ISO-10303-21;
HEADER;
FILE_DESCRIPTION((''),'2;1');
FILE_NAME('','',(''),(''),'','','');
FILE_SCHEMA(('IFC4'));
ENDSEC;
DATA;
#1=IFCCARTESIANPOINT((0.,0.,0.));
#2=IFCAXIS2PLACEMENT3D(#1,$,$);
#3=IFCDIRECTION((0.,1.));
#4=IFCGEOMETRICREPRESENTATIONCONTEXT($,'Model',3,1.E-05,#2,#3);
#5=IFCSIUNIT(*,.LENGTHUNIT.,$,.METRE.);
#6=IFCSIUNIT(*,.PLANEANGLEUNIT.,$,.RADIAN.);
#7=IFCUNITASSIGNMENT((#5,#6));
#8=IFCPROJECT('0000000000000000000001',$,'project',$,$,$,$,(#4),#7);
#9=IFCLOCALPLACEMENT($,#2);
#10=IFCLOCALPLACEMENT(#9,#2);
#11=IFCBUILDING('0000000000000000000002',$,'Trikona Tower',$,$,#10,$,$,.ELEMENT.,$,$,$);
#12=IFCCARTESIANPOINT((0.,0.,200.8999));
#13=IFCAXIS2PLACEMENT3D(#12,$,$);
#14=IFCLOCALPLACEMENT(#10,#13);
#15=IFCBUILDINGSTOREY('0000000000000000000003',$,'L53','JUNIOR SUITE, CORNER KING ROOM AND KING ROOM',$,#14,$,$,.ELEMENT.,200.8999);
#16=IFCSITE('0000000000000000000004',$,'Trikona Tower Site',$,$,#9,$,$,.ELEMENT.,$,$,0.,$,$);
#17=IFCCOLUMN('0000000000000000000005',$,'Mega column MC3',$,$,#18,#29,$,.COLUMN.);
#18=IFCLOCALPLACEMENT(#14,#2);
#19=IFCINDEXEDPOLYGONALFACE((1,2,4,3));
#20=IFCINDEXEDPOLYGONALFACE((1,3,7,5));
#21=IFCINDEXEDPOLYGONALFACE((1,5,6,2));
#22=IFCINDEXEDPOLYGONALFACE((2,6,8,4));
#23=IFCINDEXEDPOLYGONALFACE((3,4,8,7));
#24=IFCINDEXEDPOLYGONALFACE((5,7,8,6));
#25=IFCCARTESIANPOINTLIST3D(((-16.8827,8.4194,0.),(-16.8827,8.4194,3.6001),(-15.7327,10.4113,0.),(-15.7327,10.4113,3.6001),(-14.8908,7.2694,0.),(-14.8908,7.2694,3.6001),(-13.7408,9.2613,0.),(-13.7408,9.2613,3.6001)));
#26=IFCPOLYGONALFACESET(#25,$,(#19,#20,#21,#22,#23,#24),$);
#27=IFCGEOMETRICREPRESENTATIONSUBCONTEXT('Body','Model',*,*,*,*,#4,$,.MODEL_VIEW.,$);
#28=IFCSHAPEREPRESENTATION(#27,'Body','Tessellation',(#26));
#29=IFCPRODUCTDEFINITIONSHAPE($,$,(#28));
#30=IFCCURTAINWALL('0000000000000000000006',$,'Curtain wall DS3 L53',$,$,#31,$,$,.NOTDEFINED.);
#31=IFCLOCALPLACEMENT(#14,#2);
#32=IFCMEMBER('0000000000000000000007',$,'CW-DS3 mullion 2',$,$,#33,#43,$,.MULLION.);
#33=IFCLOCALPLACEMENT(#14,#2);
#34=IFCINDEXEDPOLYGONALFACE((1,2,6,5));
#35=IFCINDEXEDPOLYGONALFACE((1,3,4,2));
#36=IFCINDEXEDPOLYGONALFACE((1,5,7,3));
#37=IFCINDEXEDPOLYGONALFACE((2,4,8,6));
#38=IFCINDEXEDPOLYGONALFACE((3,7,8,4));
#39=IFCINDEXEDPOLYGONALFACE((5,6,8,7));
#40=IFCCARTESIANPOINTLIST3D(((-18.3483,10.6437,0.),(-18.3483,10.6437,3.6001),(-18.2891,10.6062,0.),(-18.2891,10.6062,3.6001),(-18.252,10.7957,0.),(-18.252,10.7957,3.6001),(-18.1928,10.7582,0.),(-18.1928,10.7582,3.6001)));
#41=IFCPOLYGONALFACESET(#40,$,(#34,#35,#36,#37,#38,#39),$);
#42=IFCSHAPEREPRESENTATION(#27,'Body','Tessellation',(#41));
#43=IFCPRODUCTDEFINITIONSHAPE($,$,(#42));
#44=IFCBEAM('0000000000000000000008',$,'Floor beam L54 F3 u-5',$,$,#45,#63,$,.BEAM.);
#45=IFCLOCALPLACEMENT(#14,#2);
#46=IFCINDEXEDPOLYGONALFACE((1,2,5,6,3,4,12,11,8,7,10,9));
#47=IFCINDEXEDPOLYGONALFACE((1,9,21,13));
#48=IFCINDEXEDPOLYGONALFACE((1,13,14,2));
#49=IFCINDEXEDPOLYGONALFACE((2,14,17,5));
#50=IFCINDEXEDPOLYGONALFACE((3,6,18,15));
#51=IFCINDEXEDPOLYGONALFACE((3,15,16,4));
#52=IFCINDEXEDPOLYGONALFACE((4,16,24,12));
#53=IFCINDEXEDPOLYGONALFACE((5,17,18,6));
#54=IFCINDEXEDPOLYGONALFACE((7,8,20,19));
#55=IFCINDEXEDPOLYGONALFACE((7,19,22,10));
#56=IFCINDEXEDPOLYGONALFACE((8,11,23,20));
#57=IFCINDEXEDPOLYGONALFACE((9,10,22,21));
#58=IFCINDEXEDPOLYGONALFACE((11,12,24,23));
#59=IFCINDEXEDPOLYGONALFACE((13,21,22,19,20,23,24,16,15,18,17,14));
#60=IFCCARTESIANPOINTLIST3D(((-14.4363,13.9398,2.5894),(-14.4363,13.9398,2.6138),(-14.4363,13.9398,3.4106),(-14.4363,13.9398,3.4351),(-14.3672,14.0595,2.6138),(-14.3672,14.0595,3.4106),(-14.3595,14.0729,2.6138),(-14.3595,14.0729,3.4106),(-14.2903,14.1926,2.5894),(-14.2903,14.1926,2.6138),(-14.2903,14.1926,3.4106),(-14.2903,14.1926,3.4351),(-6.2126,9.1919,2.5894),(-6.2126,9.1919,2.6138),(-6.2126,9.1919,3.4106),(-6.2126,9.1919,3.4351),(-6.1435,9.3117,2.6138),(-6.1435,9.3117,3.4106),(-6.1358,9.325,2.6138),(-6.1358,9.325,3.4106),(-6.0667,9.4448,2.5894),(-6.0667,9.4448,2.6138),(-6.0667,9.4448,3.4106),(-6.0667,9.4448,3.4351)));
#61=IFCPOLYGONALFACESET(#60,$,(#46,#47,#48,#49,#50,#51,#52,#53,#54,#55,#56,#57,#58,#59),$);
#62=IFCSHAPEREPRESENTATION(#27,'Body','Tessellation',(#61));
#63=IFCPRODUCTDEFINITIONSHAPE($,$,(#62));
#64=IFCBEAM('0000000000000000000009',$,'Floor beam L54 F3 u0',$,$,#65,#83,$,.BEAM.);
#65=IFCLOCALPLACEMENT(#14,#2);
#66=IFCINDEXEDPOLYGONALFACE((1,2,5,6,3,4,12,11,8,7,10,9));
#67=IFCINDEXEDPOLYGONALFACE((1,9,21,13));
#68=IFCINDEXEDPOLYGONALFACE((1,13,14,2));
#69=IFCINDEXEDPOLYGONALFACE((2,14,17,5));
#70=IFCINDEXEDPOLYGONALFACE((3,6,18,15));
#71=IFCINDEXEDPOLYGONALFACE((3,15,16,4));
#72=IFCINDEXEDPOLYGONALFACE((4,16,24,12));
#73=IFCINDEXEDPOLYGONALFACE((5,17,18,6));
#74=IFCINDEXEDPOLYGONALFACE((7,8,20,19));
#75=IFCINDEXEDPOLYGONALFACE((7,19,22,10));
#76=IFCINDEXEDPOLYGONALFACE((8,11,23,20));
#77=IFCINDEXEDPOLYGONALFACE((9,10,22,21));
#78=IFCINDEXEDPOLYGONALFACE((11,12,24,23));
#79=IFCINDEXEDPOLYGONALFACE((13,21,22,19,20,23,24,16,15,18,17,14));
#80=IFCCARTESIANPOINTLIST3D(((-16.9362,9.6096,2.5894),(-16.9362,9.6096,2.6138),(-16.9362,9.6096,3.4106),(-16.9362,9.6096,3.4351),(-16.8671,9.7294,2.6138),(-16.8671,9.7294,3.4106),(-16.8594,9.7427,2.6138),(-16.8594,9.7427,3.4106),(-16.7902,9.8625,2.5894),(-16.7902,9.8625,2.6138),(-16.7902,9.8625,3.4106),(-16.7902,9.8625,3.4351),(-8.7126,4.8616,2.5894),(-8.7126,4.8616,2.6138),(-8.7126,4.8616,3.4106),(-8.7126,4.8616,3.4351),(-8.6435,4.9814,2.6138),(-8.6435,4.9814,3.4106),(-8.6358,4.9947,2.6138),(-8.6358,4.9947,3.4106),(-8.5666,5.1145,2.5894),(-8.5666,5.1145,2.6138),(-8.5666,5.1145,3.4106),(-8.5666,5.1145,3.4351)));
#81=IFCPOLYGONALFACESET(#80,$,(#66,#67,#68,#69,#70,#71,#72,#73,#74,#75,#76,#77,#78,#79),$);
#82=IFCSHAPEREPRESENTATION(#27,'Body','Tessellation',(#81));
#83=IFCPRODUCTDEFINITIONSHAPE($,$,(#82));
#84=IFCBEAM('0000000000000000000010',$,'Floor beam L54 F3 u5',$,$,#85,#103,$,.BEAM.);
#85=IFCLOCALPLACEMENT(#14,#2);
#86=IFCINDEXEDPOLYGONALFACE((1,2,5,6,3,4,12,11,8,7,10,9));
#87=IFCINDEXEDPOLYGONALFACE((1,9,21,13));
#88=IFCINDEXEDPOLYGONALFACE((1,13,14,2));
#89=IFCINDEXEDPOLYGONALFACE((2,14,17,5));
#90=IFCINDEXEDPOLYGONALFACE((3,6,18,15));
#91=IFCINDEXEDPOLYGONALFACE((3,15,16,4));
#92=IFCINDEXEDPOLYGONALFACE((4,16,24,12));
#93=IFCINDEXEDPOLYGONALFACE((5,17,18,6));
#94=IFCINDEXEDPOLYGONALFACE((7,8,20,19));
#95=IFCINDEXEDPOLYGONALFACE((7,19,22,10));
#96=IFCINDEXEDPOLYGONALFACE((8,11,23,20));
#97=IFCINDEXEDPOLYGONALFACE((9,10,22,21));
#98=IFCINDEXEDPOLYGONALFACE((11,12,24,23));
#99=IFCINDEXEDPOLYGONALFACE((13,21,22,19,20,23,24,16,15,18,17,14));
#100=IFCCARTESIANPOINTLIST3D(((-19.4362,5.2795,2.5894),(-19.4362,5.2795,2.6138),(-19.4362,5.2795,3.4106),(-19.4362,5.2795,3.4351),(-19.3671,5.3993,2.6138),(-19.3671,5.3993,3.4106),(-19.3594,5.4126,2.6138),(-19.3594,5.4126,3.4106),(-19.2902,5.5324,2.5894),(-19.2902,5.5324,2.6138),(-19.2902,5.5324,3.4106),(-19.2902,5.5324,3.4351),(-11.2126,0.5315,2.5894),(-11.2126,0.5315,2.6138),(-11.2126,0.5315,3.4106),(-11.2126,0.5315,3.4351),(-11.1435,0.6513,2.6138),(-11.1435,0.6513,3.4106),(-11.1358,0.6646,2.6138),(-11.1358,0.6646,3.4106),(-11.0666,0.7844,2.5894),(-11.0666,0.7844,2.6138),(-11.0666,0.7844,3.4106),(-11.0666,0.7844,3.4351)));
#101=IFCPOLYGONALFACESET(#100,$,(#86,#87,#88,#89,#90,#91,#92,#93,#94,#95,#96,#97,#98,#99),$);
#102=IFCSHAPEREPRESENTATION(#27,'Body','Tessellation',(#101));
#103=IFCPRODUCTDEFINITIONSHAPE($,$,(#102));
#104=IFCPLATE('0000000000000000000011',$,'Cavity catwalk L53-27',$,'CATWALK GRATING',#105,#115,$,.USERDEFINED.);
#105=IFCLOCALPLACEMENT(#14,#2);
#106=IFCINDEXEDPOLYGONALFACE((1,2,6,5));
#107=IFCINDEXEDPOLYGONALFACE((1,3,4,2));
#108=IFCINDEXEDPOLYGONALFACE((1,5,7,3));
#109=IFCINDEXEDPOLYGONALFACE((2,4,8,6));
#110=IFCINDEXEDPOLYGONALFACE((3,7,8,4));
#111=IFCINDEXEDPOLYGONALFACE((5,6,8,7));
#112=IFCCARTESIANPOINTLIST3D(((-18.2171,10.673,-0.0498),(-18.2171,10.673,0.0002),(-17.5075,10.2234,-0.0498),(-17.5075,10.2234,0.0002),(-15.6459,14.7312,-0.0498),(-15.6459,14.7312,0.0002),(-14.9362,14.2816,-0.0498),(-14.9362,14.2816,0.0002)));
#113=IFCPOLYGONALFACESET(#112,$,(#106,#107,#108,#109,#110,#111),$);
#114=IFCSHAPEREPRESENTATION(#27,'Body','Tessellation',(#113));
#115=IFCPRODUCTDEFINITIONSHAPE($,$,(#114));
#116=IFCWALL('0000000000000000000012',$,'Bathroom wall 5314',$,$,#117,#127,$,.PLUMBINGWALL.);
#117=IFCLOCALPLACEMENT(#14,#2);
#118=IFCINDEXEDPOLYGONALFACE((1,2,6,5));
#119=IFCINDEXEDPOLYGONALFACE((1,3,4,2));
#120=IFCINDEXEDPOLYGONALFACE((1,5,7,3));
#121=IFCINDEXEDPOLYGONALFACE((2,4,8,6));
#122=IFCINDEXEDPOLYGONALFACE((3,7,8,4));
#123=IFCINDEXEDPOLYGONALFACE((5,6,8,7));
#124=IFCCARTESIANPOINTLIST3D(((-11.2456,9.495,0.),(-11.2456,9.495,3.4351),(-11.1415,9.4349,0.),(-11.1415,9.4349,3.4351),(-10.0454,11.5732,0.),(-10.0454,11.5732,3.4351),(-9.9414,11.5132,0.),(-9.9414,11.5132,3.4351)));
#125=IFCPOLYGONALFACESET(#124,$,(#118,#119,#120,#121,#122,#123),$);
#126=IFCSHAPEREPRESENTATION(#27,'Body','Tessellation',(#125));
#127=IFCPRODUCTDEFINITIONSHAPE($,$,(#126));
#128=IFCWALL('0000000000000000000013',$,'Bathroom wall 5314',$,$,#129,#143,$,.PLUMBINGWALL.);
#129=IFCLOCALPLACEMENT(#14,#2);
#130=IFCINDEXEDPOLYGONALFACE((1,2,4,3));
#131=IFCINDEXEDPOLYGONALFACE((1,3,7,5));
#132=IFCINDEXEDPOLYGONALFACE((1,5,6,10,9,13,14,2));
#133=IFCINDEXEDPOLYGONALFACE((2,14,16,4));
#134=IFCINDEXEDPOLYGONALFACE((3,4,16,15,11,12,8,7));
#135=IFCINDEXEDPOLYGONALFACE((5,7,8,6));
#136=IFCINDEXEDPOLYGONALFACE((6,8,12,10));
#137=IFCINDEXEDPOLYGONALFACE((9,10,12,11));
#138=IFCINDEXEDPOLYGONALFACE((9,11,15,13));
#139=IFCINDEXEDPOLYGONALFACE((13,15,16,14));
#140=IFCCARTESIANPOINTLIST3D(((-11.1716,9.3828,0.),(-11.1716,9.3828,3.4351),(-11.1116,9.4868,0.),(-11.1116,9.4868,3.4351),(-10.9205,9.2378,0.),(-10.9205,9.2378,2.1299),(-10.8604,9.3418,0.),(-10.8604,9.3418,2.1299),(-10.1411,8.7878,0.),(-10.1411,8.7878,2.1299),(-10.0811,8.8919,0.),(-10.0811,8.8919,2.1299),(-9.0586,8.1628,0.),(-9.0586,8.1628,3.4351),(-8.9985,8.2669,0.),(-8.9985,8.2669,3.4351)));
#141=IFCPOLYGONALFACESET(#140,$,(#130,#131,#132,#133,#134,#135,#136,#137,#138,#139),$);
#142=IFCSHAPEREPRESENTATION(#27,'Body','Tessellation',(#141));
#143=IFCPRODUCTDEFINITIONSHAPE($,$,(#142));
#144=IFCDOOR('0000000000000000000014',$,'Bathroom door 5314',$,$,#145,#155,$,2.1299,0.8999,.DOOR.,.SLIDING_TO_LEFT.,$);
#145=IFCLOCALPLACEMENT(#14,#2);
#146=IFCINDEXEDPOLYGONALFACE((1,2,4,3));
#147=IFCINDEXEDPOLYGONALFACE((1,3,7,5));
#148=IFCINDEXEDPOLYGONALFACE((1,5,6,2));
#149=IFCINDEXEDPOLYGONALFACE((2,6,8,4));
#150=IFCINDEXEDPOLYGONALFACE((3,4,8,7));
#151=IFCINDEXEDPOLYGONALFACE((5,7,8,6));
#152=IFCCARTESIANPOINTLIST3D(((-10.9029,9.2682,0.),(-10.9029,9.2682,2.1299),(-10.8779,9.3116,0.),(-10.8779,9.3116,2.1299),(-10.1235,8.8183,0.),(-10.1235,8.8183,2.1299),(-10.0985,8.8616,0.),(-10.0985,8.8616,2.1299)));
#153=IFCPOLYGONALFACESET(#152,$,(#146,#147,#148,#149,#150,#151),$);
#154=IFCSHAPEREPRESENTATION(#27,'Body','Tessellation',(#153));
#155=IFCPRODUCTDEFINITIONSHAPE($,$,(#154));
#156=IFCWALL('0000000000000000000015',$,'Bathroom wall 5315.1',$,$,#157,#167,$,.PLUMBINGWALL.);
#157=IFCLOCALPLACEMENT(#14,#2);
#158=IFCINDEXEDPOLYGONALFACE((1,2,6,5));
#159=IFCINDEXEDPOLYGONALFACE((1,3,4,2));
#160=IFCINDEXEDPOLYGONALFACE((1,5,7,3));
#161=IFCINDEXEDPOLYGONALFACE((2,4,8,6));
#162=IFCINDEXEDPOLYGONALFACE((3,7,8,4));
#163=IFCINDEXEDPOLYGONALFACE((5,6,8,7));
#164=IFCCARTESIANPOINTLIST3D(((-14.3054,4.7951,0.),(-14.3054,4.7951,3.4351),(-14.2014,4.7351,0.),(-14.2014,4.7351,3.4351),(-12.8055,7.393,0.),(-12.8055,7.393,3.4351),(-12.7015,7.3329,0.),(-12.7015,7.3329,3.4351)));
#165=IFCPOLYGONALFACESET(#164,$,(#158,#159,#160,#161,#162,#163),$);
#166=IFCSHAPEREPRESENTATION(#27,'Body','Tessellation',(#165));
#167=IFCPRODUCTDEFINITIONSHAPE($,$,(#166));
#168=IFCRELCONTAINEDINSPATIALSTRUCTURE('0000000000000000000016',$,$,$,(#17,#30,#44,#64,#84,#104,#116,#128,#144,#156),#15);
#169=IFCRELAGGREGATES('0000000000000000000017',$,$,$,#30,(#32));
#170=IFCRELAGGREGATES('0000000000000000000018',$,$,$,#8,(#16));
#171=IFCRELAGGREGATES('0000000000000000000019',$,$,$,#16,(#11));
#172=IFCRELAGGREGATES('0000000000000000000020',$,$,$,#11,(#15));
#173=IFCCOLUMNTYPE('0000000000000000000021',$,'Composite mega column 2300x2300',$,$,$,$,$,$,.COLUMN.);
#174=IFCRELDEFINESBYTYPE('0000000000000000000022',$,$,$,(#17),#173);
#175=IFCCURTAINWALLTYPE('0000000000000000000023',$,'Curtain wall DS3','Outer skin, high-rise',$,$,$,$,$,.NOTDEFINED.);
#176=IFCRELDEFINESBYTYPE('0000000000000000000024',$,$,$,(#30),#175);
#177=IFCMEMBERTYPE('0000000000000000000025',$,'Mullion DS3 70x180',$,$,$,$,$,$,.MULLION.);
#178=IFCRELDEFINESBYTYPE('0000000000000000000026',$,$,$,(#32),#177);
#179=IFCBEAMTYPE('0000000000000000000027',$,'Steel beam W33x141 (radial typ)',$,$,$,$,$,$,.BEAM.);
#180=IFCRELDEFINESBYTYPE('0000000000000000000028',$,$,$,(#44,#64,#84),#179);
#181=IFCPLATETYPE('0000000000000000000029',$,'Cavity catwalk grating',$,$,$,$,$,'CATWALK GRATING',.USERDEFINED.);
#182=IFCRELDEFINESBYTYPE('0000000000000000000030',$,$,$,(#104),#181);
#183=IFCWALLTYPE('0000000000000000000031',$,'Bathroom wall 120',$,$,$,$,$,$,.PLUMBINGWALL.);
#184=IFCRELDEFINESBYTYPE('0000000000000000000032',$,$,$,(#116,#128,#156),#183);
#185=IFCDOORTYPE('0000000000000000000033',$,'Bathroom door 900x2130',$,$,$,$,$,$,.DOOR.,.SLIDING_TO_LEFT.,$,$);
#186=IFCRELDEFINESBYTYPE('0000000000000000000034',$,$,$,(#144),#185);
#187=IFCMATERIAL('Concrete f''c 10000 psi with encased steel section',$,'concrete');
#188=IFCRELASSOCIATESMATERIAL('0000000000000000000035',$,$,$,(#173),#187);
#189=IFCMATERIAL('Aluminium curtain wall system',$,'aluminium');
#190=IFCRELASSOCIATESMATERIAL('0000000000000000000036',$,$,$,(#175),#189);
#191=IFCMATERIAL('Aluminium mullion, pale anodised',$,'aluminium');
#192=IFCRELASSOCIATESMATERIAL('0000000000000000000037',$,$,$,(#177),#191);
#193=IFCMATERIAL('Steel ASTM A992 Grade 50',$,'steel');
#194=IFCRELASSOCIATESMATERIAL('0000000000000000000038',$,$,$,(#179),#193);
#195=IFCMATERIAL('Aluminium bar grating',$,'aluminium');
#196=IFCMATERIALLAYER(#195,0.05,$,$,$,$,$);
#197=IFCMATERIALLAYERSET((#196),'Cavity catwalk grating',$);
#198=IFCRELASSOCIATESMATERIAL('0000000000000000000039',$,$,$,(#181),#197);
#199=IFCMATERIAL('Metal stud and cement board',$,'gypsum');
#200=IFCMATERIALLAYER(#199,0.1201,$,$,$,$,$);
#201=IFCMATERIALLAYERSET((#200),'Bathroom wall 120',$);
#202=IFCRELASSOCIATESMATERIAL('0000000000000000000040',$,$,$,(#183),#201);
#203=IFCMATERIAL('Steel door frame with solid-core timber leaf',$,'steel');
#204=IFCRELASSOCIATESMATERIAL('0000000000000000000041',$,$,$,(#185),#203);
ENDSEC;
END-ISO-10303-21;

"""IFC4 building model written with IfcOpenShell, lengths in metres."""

from ifc_helpers import new_model, si_unit, direction, frame, frame_2d, origin, origin_2d, place, context, subcontext, project, spatial, rectangle, i_section, extrude, material, layer, layer_set, material_profile, profile_set, type_object, element, fill, aggregate, save


model = new_model("IFC4")

# Units and contexts
model_context = context("Model", 3, precision=1e-05, world=origin(), true_north=direction((0.0, 1.0)))
body_context = subcontext(model_context, "Body", "Model", "MODEL_VIEW")
ifc_project = project(units=[si_unit("LENGTHUNIT", "METRE"), si_unit("PLANEANGLEUNIT", "RADIAN")], contexts=[model_context])

# Site, building, storey
site_placement = place(None, origin())
site = spatial("IfcSite", under=ifc_project, at=site_placement, Name="Trikona Tower Site", CompositionType="ELEMENT", RefElevation=0.0)
building_placement = place(site_placement, origin())
building = spatial("IfcBuilding", under=site, at=building_placement, Name="Trikona Tower", CompositionType="ELEMENT")
storey_placement = place(building_placement, frame((0.0, 0.0, 200.8999)))
storey = spatial("IfcBuildingStorey", under=building, at=storey_placement, Name="L53", Description="JUNIOR SUITE, CORNER KING ROOM AND KING ROOM", CompositionType="ELEMENT", Elevation=200.8999)

# Column
ifc_material_1 = material(Name="Concrete f'c 10000 psi with encased steel section", Category="concrete")
ifc_material_profile_1 = material_profile(ifc_material_1, rectangle(XDim=2.3, YDim=2.3, at=origin_2d()), Name="MC2300")
ifc_profile_set_1 = profile_set([ifc_material_profile_1], Name="Concrete f'c 10000 psi with encased steel section")
column_type = type_object("IfcColumnType", Name="Composite mega column 2300x2300", PredefinedType="COLUMN", material=ifc_profile_set_1)
column_placement = place(storey_placement, frame((-15.3118, 8.8403, 0.0), z_axis=(0.0, 0.0, 1.0), x_axis=(-0.866025, 0.5, 0.0)))
element("IfcColumn", 1, at=column_placement, inside=storey, type_object=column_type, Name="Mega column MC3", PredefinedType="COLUMN", context=body_context, shape_type="SweptSolid", body=[
    extrude(rectangle(XDim=2.3, YDim=2.3, at=origin_2d()), origin(), (0.0, 0.0, 1.0), 3.6001),
])

# Curtain wall, member
ifc_material_2 = material(Name="Aluminium curtain wall system", Category="aluminium")
curtain_wall_type = type_object("IfcCurtainWallType", Name="Curtain wall DS3", Description="Outer skin, high-rise", PredefinedType="NOTDEFINED", material=ifc_material_2)
curtain_wall_placement = place(storey_placement, origin())
curtain_wall = element("IfcCurtainWall", 2, at=curtain_wall_placement, inside=storey, type_object=curtain_wall_type, Name="Curtain wall DS3 L53", PredefinedType="NOTDEFINED")
ifc_material_3 = material(Name="Aluminium mullion, pale anodised", Category="aluminium")
ifc_material_profile_2 = material_profile(ifc_material_3, rectangle(XDim=0.0701, YDim=0.1799, at=origin_2d()), Name="MUL-DS3")
ifc_profile_set_2 = profile_set([ifc_material_profile_2], Name="Aluminium mullion, pale anodised")
member_type = type_object("IfcMemberType", Name="Mullion DS3 70x180", PredefinedType="MULLION", material=ifc_profile_set_2)
member_placement = place(storey_placement, frame((-18.2705, 10.7009, 0.0), z_axis=(0.0, 0.0, 1.0), x_axis=(0.844727, -0.535197, 0.0)))
member = element("IfcMember", 3, at=member_placement, type_object=member_type, Name="CW-DS3 mullion 2", PredefinedType="MULLION", context=body_context, shape_type="SweptSolid", body=[
    extrude(rectangle(XDim=0.0701, YDim=0.1799, at=origin_2d()), origin(), (0.0, 0.0, 1.0), 3.6001),
])
aggregate(curtain_wall, [member])

# Beams
ifc_material_4 = material(Name="Steel ASTM A992 Grade 50", Category="steel")
ifc_material_profile_3 = material_profile(ifc_material_4, i_section(OverallWidth=0.292, OverallDepth=0.8457, WebThickness=0.0154, FlangeThickness=0.0244, at=origin_2d()), Name="W33X141")
ifc_profile_set_3 = profile_set([ifc_material_profile_3], Name="Steel ASTM A992 Grade 50")
beam_type = type_object("IfcBeamType", Name="Steel beam W33x141 (radial typ)", PredefinedType="BEAM", material=ifc_profile_set_3)
for number, where, z_axis, x_axis, name in (
    (4, (-6.1396, 9.3184, 3.0122), (-0.866031, 0.499991, 0.0), (-0.499991, -0.866031, 0.0), "Floor beam L54 F3 u-5"),
    (5, (-8.6396, 4.988, 3.0122), (-0.866019, 0.50001, 0.0), (-0.50001, -0.866019, 0.0), "Floor beam L54 F3 u0"),
    (6, (-11.1396, 0.658, 3.0122), (-0.866019, 0.50001, 0.0), (-0.50001, -0.866019, 0.0), "Floor beam L54 F3 u5"),
):
    element("IfcBeam", number, at=place(storey_placement, frame(where, z_axis=z_axis, x_axis=x_axis)), inside=storey, type_object=beam_type, Name=name, PredefinedType="BEAM", context=body_context, shape_type="SweptSolid", body=[
        extrude(i_section(OverallWidth=0.292, OverallDepth=0.8457, WebThickness=0.0154, FlangeThickness=0.0244, at=origin_2d()), origin(), (0.0, 0.0, 1.0), 9.4958),
    ])

# Plate
ifc_material_5 = material(Name="Aluminium bar grating", Category="aluminium")
ifc_layer_1 = layer(ifc_material_5, 0.05)
ifc_layer_set_1 = layer_set([ifc_layer_1], Name="Cavity catwalk grating")
plate_type = type_object("IfcPlateType", Name="Cavity catwalk grating", ElementType="CATWALK GRATING", PredefinedType="USERDEFINED", material=ifc_layer_set_1)
plate_placement = place(storey_placement, frame((-16.5767, 12.4773, -0.0498), z_axis=(0.0, 0.0, 1.0), x_axis=(-0.535205, -0.844722, 0.0)))
element("IfcPlate", 7, at=plate_placement, inside=storey, type_object=plate_type, Name="Cavity catwalk L53-27", ObjectType="CATWALK GRATING", PredefinedType="USERDEFINED", context=body_context, shape_type="SweptSolid", body=[
    extrude(rectangle(XDim=4.8042, YDim=0.8401, at=origin_2d()), origin(), (0.0, 0.0, 1.0), 0.05),
])

# Wall
ifc_material_6 = material(Name="Metal stud and cement board", Category="gypsum")
ifc_layer_2 = layer(ifc_material_6, 0.1201)
ifc_layer_set_2 = layer_set([ifc_layer_2], Name="Bathroom wall 120")
wall_type_1 = type_object("IfcWallType", Name="Bathroom wall 120", PredefinedType="PLUMBINGWALL", material=ifc_layer_set_2)
wall_1_placement = place(storey_placement, frame((-9.9934, 11.5432, 0.0), z_axis=(0.0, 0.0, 1.0), x_axis=(-0.500078, -0.865981, 0.0)))
element("IfcWall", 8, at=wall_1_placement, inside=storey, type_object=wall_type_1, Name="Bathroom wall 5314", PredefinedType="PLUMBINGWALL", context=body_context, shape_type="SweptSolid", body=[
    extrude(rectangle(XDim=2.3999, YDim=0.1201, at=frame_2d((1.2, 0.0))), origin(), (0.0, 0.0, 1.0), 3.4351),
])

# Wall, opening, door
wall_2_placement = place(storey_placement, frame((-9.0286, 8.2148, 0.0), z_axis=(0.0, 0.0, 1.0), x_axis=(-0.866024, 0.500003, 0.0)))
wall_2 = element("IfcWall", 9, at=wall_2_placement, inside=storey, type_object=wall_type_1, Name="Bathroom wall 5314", PredefinedType="PLUMBINGWALL", context=body_context, shape_type="SweptSolid", body=[
    extrude(rectangle(XDim=2.4399, YDim=0.1201, at=frame_2d((1.22, 0.0))), origin(), (0.0, 0.0, 1.0), 3.4351),
])
opening_1_placement = place(wall_2_placement, frame((1.25, 0.0, 0.0)))
opening_1 = element("IfcOpeningElement", 10, at=opening_1_placement, cuts=wall_2, PredefinedType="OPENING", context=body_context, shape_type="SweptSolid", body=[
    extrude(rectangle(XDim=0.8999, YDim=2.1299, at=frame_2d((0.45, 1.0649))), frame((0.0, 0.0701, 0.0), z_axis=(0.0, -1.0, 0.0), x_axis=(1.0, 0.0, 0.0)), (0.0, 0.0, 1.0), 0.1401),
])
ifc_material_7 = material(Name="Steel door frame with solid-core timber leaf", Category="steel")
door_type_1 = type_object("IfcDoorType", Name="Bathroom door 900x2130", OperationType="SLIDING_TO_LEFT", PredefinedType="DOOR", material=ifc_material_7)
door_1_placement = place(opening_1_placement, origin())
door_1 = element("IfcDoor", 11, at=door_1_placement, inside=storey, type_object=door_type_1, Name="Bathroom door 5314", OperationType="SLIDING_TO_LEFT", OverallHeight=2.1299, OverallWidth=0.8999, PredefinedType="DOOR", context=body_context, shape_type="SweptSolid", body=[
    extrude(rectangle(XDim=0.8999, YDim=2.1299, at=frame_2d((0.45, 1.0649))), frame((0.0, 0.0249, 0.0), z_axis=(0.0, -1.0, 0.0), x_axis=(1.0, 0.0, 0.0)), (0.0, 0.0, 1.0), 0.05),
])
fill(opening_1, door_1)

# Wall
wall_3_placement = place(storey_placement, frame((-12.7534, 7.363, 0.0), z_axis=(0.0, 0.0, 1.0), x_axis=(-0.500025, -0.866011, 0.0)))
element("IfcWall", 12, at=wall_3_placement, inside=storey, type_object=wall_type_1, Name="Bathroom wall 5315.1", PredefinedType="PLUMBINGWALL", context=body_context, shape_type="SweptSolid", body=[
    extrude(rectangle(XDim=2.9998, YDim=0.1201, at=frame_2d((1.5, 0.0))), origin(), (0.0, 0.0, 1.0), 3.4351),
])

save(model, "model.ifc")
